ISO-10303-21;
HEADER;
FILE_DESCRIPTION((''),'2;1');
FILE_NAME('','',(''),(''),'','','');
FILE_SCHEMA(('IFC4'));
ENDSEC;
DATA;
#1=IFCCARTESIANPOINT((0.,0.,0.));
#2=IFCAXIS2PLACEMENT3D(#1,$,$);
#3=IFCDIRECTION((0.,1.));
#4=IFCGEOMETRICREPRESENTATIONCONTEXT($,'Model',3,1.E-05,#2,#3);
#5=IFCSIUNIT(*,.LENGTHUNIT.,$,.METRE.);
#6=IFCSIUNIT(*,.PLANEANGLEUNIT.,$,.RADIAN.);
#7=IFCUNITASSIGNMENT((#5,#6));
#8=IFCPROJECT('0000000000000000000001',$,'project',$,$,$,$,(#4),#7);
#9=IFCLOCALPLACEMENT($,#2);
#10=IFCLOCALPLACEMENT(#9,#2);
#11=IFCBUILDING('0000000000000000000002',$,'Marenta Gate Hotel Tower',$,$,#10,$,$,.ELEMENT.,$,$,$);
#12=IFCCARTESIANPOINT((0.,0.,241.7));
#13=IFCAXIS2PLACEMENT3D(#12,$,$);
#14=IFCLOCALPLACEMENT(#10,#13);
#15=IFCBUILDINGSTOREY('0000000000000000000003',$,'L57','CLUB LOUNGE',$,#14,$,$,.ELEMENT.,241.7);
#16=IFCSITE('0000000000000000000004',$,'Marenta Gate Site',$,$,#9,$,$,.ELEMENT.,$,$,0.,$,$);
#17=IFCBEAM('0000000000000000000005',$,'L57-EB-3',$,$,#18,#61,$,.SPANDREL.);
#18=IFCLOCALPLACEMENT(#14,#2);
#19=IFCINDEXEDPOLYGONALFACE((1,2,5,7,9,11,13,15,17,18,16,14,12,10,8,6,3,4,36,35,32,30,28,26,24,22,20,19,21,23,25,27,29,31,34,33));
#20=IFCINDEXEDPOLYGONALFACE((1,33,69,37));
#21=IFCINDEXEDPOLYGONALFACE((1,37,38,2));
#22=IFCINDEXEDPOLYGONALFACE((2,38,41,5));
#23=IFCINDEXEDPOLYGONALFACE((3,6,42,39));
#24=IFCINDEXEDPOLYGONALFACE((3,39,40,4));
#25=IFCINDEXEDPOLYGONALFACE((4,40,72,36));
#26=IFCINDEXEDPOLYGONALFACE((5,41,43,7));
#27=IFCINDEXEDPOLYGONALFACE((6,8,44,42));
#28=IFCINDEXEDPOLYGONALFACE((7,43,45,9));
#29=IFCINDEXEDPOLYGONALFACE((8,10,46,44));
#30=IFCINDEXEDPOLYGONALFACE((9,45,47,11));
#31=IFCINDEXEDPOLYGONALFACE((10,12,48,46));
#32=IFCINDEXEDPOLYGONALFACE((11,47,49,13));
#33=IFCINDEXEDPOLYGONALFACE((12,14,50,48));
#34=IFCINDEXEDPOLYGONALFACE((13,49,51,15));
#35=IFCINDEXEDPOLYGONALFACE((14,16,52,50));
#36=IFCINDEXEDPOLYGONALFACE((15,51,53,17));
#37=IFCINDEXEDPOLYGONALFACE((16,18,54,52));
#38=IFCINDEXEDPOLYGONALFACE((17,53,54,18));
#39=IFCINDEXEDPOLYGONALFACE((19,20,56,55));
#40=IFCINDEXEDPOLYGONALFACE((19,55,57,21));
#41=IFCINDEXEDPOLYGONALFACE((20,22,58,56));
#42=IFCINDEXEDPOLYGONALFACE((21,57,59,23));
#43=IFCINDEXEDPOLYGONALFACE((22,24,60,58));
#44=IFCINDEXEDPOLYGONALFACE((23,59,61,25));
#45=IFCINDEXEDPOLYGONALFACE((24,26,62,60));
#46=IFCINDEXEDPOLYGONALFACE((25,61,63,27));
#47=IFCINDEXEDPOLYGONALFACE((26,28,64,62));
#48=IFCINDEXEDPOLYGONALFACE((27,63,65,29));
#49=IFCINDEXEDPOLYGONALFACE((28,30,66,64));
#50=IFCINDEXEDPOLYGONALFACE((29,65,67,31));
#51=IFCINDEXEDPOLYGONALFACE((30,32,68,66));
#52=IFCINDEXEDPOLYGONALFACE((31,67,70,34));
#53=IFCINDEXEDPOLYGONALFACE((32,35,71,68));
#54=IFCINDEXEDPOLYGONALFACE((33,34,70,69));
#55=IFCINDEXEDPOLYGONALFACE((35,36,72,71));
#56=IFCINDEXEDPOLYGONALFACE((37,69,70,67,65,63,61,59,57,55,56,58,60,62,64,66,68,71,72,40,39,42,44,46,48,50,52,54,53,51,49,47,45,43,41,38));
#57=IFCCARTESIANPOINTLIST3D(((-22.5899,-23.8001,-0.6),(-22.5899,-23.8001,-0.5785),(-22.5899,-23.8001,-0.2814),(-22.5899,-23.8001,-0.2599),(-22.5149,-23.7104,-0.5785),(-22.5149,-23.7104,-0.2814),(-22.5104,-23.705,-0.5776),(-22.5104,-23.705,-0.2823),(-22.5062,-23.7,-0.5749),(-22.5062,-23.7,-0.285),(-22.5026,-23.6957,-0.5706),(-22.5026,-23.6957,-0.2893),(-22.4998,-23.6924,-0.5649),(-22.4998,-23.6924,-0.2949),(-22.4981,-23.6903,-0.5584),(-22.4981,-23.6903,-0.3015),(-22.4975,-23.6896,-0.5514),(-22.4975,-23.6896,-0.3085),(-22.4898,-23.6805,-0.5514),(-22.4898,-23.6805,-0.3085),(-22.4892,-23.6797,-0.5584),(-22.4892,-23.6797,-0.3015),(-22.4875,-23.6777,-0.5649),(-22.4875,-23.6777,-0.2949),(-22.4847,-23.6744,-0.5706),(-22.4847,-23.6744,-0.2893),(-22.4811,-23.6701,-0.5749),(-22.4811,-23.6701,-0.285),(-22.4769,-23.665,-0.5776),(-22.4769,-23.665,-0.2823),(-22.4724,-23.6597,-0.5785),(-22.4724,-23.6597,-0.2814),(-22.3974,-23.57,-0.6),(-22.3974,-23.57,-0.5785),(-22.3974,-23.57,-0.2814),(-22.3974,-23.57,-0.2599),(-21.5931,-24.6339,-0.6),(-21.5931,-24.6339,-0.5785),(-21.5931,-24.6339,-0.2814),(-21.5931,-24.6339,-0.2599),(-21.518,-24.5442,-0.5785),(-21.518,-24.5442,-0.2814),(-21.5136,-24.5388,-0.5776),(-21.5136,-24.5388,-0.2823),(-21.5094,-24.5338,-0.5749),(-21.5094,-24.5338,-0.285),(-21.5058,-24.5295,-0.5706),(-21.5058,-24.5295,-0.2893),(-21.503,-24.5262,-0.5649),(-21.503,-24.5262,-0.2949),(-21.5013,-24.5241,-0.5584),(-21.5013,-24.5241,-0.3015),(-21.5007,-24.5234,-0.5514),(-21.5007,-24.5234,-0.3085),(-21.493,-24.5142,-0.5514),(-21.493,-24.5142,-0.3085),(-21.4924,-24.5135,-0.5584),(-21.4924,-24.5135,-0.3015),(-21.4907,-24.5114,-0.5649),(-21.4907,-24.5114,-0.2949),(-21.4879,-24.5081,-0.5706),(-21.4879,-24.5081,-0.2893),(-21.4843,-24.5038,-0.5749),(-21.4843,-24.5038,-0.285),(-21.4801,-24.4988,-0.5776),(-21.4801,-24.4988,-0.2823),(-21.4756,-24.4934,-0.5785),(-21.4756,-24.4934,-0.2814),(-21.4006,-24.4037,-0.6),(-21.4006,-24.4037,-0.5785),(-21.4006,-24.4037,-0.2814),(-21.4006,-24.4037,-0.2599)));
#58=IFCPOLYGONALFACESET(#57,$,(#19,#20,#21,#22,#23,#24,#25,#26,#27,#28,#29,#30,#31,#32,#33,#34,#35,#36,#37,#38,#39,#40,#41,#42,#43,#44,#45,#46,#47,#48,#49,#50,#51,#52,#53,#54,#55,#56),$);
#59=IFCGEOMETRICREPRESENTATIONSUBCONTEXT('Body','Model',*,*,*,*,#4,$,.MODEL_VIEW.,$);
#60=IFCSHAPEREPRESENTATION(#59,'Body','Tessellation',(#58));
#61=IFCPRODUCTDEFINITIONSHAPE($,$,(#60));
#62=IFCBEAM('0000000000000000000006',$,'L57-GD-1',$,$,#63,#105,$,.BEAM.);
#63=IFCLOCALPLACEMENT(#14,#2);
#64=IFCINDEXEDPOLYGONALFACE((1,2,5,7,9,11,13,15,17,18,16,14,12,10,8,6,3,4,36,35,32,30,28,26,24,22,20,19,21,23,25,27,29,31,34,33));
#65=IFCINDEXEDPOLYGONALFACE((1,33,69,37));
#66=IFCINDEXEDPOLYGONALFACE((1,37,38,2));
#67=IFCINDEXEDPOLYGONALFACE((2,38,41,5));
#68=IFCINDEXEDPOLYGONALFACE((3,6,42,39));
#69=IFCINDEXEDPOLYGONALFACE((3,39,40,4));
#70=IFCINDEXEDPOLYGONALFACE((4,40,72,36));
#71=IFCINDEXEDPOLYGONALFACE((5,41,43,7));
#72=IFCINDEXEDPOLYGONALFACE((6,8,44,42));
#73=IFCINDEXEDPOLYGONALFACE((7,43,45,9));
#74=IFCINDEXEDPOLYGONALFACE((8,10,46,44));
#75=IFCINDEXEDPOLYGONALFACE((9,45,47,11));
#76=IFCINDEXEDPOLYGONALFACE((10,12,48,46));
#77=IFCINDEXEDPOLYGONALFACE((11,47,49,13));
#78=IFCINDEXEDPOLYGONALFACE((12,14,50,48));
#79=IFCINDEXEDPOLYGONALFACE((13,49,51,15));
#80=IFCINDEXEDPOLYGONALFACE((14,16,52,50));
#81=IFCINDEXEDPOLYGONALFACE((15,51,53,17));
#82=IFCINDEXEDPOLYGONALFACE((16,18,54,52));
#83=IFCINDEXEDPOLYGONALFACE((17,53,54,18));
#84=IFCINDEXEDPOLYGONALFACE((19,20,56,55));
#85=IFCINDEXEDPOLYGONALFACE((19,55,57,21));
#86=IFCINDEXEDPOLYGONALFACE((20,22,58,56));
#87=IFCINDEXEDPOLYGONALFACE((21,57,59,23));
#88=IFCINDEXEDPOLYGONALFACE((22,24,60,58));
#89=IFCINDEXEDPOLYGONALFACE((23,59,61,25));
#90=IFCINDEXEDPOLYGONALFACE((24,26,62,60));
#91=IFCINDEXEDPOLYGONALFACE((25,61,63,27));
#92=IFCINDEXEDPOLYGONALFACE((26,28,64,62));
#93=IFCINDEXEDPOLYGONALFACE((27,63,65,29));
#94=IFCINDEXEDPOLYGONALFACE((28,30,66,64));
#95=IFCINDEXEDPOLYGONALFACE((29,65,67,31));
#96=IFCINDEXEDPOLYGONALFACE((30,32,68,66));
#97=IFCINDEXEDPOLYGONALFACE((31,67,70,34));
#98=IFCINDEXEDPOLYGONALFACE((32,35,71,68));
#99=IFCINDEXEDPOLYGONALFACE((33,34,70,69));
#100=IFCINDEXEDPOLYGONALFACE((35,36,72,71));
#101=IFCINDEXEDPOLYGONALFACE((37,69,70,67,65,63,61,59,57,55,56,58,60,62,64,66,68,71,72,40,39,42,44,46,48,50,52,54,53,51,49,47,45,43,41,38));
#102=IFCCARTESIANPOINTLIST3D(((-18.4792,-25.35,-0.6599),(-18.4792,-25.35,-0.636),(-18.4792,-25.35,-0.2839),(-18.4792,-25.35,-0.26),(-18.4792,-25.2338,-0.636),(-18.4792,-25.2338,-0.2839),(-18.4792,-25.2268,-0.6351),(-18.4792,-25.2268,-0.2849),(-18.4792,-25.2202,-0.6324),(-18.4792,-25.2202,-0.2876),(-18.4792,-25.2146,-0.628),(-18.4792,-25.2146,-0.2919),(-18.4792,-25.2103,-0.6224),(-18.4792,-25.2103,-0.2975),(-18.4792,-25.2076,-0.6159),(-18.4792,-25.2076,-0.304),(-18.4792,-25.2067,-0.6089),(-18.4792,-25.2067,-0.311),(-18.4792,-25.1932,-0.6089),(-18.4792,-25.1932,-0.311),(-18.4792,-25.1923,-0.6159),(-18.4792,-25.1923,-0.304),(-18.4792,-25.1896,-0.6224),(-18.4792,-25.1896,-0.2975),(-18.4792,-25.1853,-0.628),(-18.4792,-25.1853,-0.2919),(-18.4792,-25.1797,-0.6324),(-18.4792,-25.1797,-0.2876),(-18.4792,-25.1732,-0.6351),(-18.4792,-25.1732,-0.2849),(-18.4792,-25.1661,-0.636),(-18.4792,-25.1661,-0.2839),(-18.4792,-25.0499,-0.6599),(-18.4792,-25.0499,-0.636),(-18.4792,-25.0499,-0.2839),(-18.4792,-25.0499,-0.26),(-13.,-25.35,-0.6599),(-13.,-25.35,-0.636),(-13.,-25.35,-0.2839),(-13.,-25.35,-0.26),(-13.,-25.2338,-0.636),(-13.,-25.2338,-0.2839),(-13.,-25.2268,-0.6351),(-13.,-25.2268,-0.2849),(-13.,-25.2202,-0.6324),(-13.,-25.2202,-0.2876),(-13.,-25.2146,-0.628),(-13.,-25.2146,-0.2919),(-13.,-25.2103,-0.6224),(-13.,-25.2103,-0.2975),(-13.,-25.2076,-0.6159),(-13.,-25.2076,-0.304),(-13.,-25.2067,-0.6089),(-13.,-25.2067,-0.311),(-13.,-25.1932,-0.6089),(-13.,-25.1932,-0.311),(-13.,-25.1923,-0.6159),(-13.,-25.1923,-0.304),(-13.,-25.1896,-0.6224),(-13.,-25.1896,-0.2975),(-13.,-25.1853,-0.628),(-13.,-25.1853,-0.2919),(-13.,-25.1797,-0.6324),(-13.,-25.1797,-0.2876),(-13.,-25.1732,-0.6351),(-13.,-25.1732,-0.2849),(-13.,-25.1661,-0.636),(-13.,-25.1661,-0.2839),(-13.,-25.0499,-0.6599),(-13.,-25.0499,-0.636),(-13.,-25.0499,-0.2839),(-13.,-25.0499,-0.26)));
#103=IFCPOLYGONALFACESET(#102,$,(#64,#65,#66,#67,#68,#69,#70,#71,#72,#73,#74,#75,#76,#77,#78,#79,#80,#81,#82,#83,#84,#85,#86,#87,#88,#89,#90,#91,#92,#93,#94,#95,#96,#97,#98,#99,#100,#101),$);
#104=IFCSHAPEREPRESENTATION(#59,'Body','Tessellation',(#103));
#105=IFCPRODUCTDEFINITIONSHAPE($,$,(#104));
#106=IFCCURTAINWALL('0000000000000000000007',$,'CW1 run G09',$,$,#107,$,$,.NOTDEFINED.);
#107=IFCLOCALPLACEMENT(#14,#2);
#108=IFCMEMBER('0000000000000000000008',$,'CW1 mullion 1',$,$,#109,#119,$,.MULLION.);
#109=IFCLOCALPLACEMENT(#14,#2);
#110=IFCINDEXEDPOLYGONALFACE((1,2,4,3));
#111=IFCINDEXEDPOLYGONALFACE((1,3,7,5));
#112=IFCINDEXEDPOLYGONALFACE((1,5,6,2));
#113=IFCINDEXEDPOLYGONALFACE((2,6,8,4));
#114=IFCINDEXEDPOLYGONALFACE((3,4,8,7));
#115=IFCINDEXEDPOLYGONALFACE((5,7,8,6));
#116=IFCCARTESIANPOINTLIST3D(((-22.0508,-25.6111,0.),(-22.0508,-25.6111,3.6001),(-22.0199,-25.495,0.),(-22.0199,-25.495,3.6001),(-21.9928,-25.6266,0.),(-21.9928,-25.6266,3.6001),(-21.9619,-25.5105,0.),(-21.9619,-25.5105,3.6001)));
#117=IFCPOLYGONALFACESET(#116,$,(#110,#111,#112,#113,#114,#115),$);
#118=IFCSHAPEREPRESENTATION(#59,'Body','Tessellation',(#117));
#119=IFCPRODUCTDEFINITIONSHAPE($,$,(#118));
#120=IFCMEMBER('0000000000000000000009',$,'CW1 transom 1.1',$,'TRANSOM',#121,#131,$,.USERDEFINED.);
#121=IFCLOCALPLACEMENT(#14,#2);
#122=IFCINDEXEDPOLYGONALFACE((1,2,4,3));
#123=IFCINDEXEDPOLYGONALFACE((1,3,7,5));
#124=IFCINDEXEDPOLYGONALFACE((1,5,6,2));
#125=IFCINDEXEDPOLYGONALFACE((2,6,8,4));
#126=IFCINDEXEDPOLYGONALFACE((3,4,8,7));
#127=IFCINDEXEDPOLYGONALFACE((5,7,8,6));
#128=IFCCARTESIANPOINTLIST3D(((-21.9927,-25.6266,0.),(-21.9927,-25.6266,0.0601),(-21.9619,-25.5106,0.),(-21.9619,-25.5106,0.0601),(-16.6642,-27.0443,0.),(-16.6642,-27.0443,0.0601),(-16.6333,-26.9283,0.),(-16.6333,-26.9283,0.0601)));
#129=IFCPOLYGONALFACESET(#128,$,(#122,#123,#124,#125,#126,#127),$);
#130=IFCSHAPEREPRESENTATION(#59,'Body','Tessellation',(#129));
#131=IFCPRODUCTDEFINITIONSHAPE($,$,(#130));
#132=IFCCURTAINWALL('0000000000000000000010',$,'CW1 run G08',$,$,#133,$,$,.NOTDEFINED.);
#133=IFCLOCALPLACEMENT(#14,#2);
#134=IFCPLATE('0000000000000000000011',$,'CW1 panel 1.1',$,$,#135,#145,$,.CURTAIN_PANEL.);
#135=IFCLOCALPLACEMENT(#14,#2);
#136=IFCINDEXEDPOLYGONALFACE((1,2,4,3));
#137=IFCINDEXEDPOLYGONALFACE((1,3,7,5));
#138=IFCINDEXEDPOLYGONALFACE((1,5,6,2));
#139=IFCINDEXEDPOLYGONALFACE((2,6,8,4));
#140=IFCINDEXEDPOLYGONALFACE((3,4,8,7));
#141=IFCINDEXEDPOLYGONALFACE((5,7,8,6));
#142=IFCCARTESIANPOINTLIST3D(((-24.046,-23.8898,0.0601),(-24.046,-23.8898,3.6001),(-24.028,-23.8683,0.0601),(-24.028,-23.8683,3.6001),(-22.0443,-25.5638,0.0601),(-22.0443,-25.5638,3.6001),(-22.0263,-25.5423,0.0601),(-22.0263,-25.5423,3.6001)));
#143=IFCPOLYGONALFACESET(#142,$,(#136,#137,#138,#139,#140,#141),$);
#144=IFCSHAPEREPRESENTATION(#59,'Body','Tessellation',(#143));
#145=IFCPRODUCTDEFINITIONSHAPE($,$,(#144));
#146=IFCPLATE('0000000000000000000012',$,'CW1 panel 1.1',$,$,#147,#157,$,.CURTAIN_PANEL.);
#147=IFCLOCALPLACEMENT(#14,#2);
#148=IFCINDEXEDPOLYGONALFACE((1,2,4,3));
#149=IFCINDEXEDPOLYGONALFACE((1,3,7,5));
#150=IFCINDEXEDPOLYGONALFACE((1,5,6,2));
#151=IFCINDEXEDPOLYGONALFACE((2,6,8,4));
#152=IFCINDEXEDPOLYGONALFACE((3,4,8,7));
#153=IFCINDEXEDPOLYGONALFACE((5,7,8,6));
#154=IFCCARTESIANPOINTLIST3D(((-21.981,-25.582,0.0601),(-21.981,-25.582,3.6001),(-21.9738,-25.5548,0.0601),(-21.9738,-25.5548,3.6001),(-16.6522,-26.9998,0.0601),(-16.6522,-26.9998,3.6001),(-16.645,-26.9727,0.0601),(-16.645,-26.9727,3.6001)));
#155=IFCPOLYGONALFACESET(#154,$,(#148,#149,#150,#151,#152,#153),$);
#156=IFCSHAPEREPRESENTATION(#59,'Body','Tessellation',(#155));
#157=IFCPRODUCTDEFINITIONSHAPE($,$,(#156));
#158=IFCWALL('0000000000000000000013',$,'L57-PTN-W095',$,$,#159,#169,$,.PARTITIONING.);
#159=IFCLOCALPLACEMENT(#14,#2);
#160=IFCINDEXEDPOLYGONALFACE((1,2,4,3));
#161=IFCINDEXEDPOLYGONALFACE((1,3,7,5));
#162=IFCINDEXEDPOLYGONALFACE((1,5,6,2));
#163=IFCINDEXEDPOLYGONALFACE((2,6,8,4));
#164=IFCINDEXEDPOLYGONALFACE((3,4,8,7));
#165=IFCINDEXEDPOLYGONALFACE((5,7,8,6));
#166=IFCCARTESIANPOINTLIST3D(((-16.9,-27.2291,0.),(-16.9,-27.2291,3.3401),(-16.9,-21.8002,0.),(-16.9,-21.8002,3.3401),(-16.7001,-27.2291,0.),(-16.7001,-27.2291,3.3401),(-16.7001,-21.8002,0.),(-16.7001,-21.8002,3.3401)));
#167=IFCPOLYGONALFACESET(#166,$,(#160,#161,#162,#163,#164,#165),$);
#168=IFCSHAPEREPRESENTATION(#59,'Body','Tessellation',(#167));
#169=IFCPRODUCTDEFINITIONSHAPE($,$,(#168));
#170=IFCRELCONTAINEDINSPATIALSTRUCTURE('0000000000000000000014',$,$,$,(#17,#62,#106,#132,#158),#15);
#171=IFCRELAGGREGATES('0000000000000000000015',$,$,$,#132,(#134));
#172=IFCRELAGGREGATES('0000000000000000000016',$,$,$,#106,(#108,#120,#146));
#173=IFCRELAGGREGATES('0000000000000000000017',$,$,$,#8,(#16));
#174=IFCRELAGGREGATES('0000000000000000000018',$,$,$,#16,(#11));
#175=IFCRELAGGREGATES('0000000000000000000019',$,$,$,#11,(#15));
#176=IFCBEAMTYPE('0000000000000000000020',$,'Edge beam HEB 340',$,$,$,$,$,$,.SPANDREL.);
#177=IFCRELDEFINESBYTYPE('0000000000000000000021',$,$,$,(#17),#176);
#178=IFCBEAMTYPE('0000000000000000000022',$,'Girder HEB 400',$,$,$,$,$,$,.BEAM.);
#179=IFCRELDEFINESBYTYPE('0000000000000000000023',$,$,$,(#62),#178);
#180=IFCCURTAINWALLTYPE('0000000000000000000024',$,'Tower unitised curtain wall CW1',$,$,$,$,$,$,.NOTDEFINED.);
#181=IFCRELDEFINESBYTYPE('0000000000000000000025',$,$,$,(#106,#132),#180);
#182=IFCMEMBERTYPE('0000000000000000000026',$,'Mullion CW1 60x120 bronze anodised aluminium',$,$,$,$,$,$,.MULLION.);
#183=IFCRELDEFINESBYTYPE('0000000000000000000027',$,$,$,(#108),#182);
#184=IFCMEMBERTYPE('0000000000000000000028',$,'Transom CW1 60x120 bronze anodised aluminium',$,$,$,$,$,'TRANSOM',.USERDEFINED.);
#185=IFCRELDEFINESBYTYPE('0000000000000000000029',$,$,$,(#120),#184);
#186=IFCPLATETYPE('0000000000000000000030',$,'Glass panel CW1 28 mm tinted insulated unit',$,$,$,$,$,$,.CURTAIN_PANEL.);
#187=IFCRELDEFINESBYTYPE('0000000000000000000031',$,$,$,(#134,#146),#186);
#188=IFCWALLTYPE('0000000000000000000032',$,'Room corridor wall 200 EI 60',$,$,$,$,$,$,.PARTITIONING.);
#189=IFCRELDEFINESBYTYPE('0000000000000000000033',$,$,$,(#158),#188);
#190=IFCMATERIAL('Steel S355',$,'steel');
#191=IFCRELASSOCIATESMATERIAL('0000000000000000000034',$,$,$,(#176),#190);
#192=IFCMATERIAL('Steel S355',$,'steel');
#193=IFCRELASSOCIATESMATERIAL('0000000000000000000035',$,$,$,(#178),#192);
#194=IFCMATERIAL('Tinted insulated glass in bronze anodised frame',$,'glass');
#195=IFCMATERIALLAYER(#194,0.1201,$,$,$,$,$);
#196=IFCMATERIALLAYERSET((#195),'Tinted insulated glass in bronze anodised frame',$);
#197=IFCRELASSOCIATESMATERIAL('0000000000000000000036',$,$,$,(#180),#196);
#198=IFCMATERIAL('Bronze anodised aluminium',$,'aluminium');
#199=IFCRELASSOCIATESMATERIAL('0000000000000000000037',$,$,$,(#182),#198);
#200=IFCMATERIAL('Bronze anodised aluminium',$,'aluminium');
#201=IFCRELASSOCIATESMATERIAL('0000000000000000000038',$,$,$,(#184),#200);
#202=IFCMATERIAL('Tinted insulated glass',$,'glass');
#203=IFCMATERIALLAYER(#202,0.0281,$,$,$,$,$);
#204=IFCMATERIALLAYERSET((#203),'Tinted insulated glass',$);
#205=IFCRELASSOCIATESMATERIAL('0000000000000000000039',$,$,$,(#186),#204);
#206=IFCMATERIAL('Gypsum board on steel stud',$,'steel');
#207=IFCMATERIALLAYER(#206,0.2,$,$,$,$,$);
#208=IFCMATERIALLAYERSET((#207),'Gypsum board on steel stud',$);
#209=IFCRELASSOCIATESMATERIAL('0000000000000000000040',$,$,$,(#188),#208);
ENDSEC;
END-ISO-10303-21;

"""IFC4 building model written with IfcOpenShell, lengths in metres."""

from ifc_helpers import new_model, si_unit, direction, frame, frame_2d, origin, origin_2d, place, context, subcontext, project, spatial, rectangle, i_section, extrude, material, layer, layer_set, material_profile, profile_set, type_object, element, aggregate, save


model = new_model("IFC4")

# Units and contexts
model_context = context("Model", 3, precision=1e-05, world=origin(), true_north=direction((0.0, 1.0)))
body_context = subcontext(model_context, "Body", "Model", "MODEL_VIEW")
ifc_project = project(units=[si_unit("LENGTHUNIT", "METRE"), si_unit("PLANEANGLEUNIT", "RADIAN")], contexts=[model_context])

# Site, building, storey
site_placement = place(None, origin())
site = spatial("IfcSite", under=ifc_project, at=site_placement, Name="Marenta Gate Site", CompositionType="ELEMENT", RefElevation=0.0)
building_placement = place(site_placement, origin())
building = spatial("IfcBuilding", under=site, at=building_placement, Name="Marenta Gate Hotel Tower", CompositionType="ELEMENT")
storey_placement = place(building_placement, frame((0.0, 0.0, 241.7)))
storey = spatial("IfcBuildingStorey", under=building, at=storey_placement, Name="L57", Description="CLUB LOUNGE", CompositionType="ELEMENT", Elevation=241.7)

# Beams
ifc_material_1 = material(Name="Steel S355", Category="steel")
ifc_material_profile_1 = material_profile(ifc_material_1, i_section(OverallWidth=0.3, OverallDepth=0.3401, WebThickness=0.012, FlangeThickness=0.0215, FilletRadius=0.0271, at=origin_2d()), Name="HEB 340")
ifc_profile_set_1 = profile_set([ifc_material_profile_1], Name="Steel S355")
beam_type_1 = type_object("IfcBeamType", Name="Edge beam HEB 340", PredefinedType="SPANDREL", material=ifc_profile_set_1)
beam_1_placement = place(storey_placement, frame((-21.4968, -24.5188, -0.4299), z_axis=(-0.767065, 0.641569, 0.0), x_axis=(-0.641569, -0.767065, 0.0)))
element("IfcBeam", 1, at=beam_1_placement, inside=storey, type_object=beam_type_1, Name="L57-EB-3", PredefinedType="SPANDREL", context=body_context, shape_type="SweptSolid", body=[
    extrude(i_section(OverallWidth=0.3, OverallDepth=0.3401, WebThickness=0.012, FlangeThickness=0.0215, FilletRadius=0.0271, at=origin_2d()), origin(), (0.0, 0.0, 1.0), 1.2996),
])
ifc_material_2 = material(Name="Steel S355", Category="steel")
ifc_material_profile_2 = material_profile(ifc_material_2, i_section(OverallWidth=0.3, OverallDepth=0.3999, WebThickness=0.0134, FlangeThickness=0.0239, FilletRadius=0.0271, at=origin_2d()), Name="HEB 400")
ifc_profile_set_2 = profile_set([ifc_material_profile_2], Name="Steel S355")
beam_type_2 = type_object("IfcBeamType", Name="Girder HEB 400", PredefinedType="BEAM", material=ifc_profile_set_2)
beam_2_placement = place(storey_placement, frame((-18.4792, -25.2, -0.46), z_axis=(1.0, 0.0, 0.0), x_axis=(0.0, 1.0, 0.0)))
element("IfcBeam", 2, at=beam_2_placement, inside=storey, type_object=beam_type_2, Name="L57-GD-1", PredefinedType="BEAM", context=body_context, shape_type="SweptSolid", body=[
    extrude(i_section(OverallWidth=0.3, OverallDepth=0.3999, WebThickness=0.0134, FlangeThickness=0.0239, FilletRadius=0.0271, at=origin_2d()), origin(), (0.0, 0.0, 1.0), 5.4792),
])

# Curtain wall, members
ifc_material_3 = material(Name="Tinted insulated glass in bronze anodised frame", Category="glass")
ifc_layer_1 = layer(ifc_material_3, 0.1201)
ifc_layer_set_1 = layer_set([ifc_layer_1], Name="Tinted insulated glass in bronze anodised frame")
curtain_wall_type = type_object("IfcCurtainWallType", Name="Tower unitised curtain wall CW1", PredefinedType="NOTDEFINED", material=ifc_layer_set_1)
curtain_wall_1_placement = place(storey_placement, origin())
curtain_wall_1 = element("IfcCurtainWall", 3, at=curtain_wall_1_placement, inside=storey, type_object=curtain_wall_type, Name="CW1 run G09", PredefinedType="NOTDEFINED")
ifc_material_4 = material(Name="Bronze anodised aluminium", Category="aluminium")
ifc_material_profile_3 = material_profile(ifc_material_4, rectangle(XDim=0.1201, YDim=0.0601, at=origin_2d()), Name="Mullion CW1 60x120 bronze anodised aluminium")
ifc_profile_set_3 = profile_set([ifc_material_profile_3], Name="Bronze anodised aluminium")
member_type_1 = type_object("IfcMemberType", Name="Mullion CW1 60x120 bronze anodised aluminium", PredefinedType="MULLION", material=ifc_profile_set_3)
member_1_placement = place(storey_placement, frame((-22.0063, -25.5608, 0.0), z_axis=(0.0, 0.0, 1.0), x_axis=(0.257132, 0.966376, 0.0)))
member_1 = element("IfcMember", 4, at=member_1_placement, type_object=member_type_1, Name="CW1 mullion 1", PredefinedType="MULLION", context=body_context, shape_type="SweptSolid", body=[
    extrude(rectangle(XDim=0.1201, YDim=0.0601, at=origin_2d()), origin(), (0.0, 0.0, 1.0), 3.6001),
])
ifc_material_5 = material(Name="Bronze anodised aluminium", Category="aluminium")
ifc_material_profile_4 = material_profile(ifc_material_5, rectangle(XDim=0.1201, YDim=0.0601, at=origin_2d()), Name="Transom CW1 60x120 bronze anodised aluminium")
ifc_profile_set_4 = profile_set([ifc_material_profile_4], Name="Bronze anodised aluminium")
member_type_2 = type_object("IfcMemberType", Name="Transom CW1 60x120 bronze anodised aluminium", ElementType="TRANSOM", PredefinedType="USERDEFINED", material=ifc_profile_set_4)
member_2_placement = place(storey_placement, frame((-21.9773, -25.5686, 0.03), z_axis=(0.966381, -0.257114, 0.0), x_axis=(0.257114, 0.966381, 0.0)))
member_2 = element("IfcMember", 5, at=member_2_placement, type_object=member_type_2, Name="CW1 transom 1.1", ObjectType="TRANSOM", PredefinedType="USERDEFINED", context=body_context, shape_type="SweptSolid", body=[
    extrude(rectangle(XDim=0.1201, YDim=0.0601, at=origin_2d()), origin(), (0.0, 0.0, 1.0), 5.5139),
])

# Curtain wall, plate
curtain_wall_2_placement = place(storey_placement, origin())
curtain_wall_2 = element("IfcCurtainWall", 6, at=curtain_wall_2_placement, inside=storey, type_object=curtain_wall_type, Name="CW1 run G08", PredefinedType="NOTDEFINED")
ifc_material_6 = material(Name="Tinted insulated glass", Category="glass")
ifc_layer_2 = layer(ifc_material_6, 0.0281)
ifc_layer_set_2 = layer_set([ifc_layer_2], Name="Tinted insulated glass")
plate_type = type_object("IfcPlateType", Name="Glass panel CW1 28 mm tinted insulated unit", PredefinedType="CURTAIN_PANEL", material=ifc_layer_set_2)
plate_1_placement = place(storey_placement, frame((-23.0361, -24.7161, 0.0601), z_axis=(0.0, 0.0, 1.0), x_axis=(0.767102, -0.641525, 0.0)))
plate_1 = element("IfcPlate", 7, at=plate_1_placement, type_object=plate_type, Name="CW1 panel 1.1", PredefinedType="CURTAIN_PANEL", context=body_context, shape_type="SweptSolid", body=[
    extrude(rectangle(XDim=2.6094, YDim=0.0281, at=origin_2d()), origin(), (0.0, 0.0, 1.0), 3.54),
])
aggregate(curtain_wall_2, [plate_1])

# Plate
plate_2_placement = place(storey_placement, frame((-19.313, -26.2773, 0.0601), z_axis=(0.0, 0.0, 1.0), x_axis=(0.966376, -0.257132, 0.0)))
plate_2 = element("IfcPlate", 8, at=plate_2_placement, type_object=plate_type, Name="CW1 panel 1.1", PredefinedType="CURTAIN_PANEL", context=body_context, shape_type="SweptSolid", body=[
    extrude(rectangle(XDim=5.5142, YDim=0.0281, at=origin_2d()), origin(), (0.0, 0.0, 1.0), 3.54),
])
aggregate(curtain_wall_1, [member_1, member_2, plate_2])

# Shared definitions
ifc_material_7 = material(Name="Gypsum board on steel stud", Category="steel")
ifc_layer_3 = layer(ifc_material_7, 0.2)
ifc_layer_set_3 = layer_set([ifc_layer_3], Name="Gypsum board on steel stud")
wall_type_1 = type_object("IfcWallType", Name="Room corridor wall 200 EI 60", PredefinedType="PARTITIONING", material=ifc_layer_set_3)

# Wall
wall_1_placement = place(storey_placement, frame((-16.8, -27.229, 0.0), z_axis=(0.0, 0.0, 1.0), x_axis=(0.0, 1.0, 0.0)))
element("IfcWall", 9, at=wall_1_placement, inside=storey, type_object=wall_type_1, Name="L57-PTN-W095", PredefinedType="PARTITIONING", context=body_context, shape_type="SweptSolid", body=[
    extrude(rectangle(XDim=5.429, YDim=0.2, at=frame_2d((2.7144, 0.0))), origin(), (0.0, 0.0, 1.0), 3.3401),
])

save(model, "model.ifc")
